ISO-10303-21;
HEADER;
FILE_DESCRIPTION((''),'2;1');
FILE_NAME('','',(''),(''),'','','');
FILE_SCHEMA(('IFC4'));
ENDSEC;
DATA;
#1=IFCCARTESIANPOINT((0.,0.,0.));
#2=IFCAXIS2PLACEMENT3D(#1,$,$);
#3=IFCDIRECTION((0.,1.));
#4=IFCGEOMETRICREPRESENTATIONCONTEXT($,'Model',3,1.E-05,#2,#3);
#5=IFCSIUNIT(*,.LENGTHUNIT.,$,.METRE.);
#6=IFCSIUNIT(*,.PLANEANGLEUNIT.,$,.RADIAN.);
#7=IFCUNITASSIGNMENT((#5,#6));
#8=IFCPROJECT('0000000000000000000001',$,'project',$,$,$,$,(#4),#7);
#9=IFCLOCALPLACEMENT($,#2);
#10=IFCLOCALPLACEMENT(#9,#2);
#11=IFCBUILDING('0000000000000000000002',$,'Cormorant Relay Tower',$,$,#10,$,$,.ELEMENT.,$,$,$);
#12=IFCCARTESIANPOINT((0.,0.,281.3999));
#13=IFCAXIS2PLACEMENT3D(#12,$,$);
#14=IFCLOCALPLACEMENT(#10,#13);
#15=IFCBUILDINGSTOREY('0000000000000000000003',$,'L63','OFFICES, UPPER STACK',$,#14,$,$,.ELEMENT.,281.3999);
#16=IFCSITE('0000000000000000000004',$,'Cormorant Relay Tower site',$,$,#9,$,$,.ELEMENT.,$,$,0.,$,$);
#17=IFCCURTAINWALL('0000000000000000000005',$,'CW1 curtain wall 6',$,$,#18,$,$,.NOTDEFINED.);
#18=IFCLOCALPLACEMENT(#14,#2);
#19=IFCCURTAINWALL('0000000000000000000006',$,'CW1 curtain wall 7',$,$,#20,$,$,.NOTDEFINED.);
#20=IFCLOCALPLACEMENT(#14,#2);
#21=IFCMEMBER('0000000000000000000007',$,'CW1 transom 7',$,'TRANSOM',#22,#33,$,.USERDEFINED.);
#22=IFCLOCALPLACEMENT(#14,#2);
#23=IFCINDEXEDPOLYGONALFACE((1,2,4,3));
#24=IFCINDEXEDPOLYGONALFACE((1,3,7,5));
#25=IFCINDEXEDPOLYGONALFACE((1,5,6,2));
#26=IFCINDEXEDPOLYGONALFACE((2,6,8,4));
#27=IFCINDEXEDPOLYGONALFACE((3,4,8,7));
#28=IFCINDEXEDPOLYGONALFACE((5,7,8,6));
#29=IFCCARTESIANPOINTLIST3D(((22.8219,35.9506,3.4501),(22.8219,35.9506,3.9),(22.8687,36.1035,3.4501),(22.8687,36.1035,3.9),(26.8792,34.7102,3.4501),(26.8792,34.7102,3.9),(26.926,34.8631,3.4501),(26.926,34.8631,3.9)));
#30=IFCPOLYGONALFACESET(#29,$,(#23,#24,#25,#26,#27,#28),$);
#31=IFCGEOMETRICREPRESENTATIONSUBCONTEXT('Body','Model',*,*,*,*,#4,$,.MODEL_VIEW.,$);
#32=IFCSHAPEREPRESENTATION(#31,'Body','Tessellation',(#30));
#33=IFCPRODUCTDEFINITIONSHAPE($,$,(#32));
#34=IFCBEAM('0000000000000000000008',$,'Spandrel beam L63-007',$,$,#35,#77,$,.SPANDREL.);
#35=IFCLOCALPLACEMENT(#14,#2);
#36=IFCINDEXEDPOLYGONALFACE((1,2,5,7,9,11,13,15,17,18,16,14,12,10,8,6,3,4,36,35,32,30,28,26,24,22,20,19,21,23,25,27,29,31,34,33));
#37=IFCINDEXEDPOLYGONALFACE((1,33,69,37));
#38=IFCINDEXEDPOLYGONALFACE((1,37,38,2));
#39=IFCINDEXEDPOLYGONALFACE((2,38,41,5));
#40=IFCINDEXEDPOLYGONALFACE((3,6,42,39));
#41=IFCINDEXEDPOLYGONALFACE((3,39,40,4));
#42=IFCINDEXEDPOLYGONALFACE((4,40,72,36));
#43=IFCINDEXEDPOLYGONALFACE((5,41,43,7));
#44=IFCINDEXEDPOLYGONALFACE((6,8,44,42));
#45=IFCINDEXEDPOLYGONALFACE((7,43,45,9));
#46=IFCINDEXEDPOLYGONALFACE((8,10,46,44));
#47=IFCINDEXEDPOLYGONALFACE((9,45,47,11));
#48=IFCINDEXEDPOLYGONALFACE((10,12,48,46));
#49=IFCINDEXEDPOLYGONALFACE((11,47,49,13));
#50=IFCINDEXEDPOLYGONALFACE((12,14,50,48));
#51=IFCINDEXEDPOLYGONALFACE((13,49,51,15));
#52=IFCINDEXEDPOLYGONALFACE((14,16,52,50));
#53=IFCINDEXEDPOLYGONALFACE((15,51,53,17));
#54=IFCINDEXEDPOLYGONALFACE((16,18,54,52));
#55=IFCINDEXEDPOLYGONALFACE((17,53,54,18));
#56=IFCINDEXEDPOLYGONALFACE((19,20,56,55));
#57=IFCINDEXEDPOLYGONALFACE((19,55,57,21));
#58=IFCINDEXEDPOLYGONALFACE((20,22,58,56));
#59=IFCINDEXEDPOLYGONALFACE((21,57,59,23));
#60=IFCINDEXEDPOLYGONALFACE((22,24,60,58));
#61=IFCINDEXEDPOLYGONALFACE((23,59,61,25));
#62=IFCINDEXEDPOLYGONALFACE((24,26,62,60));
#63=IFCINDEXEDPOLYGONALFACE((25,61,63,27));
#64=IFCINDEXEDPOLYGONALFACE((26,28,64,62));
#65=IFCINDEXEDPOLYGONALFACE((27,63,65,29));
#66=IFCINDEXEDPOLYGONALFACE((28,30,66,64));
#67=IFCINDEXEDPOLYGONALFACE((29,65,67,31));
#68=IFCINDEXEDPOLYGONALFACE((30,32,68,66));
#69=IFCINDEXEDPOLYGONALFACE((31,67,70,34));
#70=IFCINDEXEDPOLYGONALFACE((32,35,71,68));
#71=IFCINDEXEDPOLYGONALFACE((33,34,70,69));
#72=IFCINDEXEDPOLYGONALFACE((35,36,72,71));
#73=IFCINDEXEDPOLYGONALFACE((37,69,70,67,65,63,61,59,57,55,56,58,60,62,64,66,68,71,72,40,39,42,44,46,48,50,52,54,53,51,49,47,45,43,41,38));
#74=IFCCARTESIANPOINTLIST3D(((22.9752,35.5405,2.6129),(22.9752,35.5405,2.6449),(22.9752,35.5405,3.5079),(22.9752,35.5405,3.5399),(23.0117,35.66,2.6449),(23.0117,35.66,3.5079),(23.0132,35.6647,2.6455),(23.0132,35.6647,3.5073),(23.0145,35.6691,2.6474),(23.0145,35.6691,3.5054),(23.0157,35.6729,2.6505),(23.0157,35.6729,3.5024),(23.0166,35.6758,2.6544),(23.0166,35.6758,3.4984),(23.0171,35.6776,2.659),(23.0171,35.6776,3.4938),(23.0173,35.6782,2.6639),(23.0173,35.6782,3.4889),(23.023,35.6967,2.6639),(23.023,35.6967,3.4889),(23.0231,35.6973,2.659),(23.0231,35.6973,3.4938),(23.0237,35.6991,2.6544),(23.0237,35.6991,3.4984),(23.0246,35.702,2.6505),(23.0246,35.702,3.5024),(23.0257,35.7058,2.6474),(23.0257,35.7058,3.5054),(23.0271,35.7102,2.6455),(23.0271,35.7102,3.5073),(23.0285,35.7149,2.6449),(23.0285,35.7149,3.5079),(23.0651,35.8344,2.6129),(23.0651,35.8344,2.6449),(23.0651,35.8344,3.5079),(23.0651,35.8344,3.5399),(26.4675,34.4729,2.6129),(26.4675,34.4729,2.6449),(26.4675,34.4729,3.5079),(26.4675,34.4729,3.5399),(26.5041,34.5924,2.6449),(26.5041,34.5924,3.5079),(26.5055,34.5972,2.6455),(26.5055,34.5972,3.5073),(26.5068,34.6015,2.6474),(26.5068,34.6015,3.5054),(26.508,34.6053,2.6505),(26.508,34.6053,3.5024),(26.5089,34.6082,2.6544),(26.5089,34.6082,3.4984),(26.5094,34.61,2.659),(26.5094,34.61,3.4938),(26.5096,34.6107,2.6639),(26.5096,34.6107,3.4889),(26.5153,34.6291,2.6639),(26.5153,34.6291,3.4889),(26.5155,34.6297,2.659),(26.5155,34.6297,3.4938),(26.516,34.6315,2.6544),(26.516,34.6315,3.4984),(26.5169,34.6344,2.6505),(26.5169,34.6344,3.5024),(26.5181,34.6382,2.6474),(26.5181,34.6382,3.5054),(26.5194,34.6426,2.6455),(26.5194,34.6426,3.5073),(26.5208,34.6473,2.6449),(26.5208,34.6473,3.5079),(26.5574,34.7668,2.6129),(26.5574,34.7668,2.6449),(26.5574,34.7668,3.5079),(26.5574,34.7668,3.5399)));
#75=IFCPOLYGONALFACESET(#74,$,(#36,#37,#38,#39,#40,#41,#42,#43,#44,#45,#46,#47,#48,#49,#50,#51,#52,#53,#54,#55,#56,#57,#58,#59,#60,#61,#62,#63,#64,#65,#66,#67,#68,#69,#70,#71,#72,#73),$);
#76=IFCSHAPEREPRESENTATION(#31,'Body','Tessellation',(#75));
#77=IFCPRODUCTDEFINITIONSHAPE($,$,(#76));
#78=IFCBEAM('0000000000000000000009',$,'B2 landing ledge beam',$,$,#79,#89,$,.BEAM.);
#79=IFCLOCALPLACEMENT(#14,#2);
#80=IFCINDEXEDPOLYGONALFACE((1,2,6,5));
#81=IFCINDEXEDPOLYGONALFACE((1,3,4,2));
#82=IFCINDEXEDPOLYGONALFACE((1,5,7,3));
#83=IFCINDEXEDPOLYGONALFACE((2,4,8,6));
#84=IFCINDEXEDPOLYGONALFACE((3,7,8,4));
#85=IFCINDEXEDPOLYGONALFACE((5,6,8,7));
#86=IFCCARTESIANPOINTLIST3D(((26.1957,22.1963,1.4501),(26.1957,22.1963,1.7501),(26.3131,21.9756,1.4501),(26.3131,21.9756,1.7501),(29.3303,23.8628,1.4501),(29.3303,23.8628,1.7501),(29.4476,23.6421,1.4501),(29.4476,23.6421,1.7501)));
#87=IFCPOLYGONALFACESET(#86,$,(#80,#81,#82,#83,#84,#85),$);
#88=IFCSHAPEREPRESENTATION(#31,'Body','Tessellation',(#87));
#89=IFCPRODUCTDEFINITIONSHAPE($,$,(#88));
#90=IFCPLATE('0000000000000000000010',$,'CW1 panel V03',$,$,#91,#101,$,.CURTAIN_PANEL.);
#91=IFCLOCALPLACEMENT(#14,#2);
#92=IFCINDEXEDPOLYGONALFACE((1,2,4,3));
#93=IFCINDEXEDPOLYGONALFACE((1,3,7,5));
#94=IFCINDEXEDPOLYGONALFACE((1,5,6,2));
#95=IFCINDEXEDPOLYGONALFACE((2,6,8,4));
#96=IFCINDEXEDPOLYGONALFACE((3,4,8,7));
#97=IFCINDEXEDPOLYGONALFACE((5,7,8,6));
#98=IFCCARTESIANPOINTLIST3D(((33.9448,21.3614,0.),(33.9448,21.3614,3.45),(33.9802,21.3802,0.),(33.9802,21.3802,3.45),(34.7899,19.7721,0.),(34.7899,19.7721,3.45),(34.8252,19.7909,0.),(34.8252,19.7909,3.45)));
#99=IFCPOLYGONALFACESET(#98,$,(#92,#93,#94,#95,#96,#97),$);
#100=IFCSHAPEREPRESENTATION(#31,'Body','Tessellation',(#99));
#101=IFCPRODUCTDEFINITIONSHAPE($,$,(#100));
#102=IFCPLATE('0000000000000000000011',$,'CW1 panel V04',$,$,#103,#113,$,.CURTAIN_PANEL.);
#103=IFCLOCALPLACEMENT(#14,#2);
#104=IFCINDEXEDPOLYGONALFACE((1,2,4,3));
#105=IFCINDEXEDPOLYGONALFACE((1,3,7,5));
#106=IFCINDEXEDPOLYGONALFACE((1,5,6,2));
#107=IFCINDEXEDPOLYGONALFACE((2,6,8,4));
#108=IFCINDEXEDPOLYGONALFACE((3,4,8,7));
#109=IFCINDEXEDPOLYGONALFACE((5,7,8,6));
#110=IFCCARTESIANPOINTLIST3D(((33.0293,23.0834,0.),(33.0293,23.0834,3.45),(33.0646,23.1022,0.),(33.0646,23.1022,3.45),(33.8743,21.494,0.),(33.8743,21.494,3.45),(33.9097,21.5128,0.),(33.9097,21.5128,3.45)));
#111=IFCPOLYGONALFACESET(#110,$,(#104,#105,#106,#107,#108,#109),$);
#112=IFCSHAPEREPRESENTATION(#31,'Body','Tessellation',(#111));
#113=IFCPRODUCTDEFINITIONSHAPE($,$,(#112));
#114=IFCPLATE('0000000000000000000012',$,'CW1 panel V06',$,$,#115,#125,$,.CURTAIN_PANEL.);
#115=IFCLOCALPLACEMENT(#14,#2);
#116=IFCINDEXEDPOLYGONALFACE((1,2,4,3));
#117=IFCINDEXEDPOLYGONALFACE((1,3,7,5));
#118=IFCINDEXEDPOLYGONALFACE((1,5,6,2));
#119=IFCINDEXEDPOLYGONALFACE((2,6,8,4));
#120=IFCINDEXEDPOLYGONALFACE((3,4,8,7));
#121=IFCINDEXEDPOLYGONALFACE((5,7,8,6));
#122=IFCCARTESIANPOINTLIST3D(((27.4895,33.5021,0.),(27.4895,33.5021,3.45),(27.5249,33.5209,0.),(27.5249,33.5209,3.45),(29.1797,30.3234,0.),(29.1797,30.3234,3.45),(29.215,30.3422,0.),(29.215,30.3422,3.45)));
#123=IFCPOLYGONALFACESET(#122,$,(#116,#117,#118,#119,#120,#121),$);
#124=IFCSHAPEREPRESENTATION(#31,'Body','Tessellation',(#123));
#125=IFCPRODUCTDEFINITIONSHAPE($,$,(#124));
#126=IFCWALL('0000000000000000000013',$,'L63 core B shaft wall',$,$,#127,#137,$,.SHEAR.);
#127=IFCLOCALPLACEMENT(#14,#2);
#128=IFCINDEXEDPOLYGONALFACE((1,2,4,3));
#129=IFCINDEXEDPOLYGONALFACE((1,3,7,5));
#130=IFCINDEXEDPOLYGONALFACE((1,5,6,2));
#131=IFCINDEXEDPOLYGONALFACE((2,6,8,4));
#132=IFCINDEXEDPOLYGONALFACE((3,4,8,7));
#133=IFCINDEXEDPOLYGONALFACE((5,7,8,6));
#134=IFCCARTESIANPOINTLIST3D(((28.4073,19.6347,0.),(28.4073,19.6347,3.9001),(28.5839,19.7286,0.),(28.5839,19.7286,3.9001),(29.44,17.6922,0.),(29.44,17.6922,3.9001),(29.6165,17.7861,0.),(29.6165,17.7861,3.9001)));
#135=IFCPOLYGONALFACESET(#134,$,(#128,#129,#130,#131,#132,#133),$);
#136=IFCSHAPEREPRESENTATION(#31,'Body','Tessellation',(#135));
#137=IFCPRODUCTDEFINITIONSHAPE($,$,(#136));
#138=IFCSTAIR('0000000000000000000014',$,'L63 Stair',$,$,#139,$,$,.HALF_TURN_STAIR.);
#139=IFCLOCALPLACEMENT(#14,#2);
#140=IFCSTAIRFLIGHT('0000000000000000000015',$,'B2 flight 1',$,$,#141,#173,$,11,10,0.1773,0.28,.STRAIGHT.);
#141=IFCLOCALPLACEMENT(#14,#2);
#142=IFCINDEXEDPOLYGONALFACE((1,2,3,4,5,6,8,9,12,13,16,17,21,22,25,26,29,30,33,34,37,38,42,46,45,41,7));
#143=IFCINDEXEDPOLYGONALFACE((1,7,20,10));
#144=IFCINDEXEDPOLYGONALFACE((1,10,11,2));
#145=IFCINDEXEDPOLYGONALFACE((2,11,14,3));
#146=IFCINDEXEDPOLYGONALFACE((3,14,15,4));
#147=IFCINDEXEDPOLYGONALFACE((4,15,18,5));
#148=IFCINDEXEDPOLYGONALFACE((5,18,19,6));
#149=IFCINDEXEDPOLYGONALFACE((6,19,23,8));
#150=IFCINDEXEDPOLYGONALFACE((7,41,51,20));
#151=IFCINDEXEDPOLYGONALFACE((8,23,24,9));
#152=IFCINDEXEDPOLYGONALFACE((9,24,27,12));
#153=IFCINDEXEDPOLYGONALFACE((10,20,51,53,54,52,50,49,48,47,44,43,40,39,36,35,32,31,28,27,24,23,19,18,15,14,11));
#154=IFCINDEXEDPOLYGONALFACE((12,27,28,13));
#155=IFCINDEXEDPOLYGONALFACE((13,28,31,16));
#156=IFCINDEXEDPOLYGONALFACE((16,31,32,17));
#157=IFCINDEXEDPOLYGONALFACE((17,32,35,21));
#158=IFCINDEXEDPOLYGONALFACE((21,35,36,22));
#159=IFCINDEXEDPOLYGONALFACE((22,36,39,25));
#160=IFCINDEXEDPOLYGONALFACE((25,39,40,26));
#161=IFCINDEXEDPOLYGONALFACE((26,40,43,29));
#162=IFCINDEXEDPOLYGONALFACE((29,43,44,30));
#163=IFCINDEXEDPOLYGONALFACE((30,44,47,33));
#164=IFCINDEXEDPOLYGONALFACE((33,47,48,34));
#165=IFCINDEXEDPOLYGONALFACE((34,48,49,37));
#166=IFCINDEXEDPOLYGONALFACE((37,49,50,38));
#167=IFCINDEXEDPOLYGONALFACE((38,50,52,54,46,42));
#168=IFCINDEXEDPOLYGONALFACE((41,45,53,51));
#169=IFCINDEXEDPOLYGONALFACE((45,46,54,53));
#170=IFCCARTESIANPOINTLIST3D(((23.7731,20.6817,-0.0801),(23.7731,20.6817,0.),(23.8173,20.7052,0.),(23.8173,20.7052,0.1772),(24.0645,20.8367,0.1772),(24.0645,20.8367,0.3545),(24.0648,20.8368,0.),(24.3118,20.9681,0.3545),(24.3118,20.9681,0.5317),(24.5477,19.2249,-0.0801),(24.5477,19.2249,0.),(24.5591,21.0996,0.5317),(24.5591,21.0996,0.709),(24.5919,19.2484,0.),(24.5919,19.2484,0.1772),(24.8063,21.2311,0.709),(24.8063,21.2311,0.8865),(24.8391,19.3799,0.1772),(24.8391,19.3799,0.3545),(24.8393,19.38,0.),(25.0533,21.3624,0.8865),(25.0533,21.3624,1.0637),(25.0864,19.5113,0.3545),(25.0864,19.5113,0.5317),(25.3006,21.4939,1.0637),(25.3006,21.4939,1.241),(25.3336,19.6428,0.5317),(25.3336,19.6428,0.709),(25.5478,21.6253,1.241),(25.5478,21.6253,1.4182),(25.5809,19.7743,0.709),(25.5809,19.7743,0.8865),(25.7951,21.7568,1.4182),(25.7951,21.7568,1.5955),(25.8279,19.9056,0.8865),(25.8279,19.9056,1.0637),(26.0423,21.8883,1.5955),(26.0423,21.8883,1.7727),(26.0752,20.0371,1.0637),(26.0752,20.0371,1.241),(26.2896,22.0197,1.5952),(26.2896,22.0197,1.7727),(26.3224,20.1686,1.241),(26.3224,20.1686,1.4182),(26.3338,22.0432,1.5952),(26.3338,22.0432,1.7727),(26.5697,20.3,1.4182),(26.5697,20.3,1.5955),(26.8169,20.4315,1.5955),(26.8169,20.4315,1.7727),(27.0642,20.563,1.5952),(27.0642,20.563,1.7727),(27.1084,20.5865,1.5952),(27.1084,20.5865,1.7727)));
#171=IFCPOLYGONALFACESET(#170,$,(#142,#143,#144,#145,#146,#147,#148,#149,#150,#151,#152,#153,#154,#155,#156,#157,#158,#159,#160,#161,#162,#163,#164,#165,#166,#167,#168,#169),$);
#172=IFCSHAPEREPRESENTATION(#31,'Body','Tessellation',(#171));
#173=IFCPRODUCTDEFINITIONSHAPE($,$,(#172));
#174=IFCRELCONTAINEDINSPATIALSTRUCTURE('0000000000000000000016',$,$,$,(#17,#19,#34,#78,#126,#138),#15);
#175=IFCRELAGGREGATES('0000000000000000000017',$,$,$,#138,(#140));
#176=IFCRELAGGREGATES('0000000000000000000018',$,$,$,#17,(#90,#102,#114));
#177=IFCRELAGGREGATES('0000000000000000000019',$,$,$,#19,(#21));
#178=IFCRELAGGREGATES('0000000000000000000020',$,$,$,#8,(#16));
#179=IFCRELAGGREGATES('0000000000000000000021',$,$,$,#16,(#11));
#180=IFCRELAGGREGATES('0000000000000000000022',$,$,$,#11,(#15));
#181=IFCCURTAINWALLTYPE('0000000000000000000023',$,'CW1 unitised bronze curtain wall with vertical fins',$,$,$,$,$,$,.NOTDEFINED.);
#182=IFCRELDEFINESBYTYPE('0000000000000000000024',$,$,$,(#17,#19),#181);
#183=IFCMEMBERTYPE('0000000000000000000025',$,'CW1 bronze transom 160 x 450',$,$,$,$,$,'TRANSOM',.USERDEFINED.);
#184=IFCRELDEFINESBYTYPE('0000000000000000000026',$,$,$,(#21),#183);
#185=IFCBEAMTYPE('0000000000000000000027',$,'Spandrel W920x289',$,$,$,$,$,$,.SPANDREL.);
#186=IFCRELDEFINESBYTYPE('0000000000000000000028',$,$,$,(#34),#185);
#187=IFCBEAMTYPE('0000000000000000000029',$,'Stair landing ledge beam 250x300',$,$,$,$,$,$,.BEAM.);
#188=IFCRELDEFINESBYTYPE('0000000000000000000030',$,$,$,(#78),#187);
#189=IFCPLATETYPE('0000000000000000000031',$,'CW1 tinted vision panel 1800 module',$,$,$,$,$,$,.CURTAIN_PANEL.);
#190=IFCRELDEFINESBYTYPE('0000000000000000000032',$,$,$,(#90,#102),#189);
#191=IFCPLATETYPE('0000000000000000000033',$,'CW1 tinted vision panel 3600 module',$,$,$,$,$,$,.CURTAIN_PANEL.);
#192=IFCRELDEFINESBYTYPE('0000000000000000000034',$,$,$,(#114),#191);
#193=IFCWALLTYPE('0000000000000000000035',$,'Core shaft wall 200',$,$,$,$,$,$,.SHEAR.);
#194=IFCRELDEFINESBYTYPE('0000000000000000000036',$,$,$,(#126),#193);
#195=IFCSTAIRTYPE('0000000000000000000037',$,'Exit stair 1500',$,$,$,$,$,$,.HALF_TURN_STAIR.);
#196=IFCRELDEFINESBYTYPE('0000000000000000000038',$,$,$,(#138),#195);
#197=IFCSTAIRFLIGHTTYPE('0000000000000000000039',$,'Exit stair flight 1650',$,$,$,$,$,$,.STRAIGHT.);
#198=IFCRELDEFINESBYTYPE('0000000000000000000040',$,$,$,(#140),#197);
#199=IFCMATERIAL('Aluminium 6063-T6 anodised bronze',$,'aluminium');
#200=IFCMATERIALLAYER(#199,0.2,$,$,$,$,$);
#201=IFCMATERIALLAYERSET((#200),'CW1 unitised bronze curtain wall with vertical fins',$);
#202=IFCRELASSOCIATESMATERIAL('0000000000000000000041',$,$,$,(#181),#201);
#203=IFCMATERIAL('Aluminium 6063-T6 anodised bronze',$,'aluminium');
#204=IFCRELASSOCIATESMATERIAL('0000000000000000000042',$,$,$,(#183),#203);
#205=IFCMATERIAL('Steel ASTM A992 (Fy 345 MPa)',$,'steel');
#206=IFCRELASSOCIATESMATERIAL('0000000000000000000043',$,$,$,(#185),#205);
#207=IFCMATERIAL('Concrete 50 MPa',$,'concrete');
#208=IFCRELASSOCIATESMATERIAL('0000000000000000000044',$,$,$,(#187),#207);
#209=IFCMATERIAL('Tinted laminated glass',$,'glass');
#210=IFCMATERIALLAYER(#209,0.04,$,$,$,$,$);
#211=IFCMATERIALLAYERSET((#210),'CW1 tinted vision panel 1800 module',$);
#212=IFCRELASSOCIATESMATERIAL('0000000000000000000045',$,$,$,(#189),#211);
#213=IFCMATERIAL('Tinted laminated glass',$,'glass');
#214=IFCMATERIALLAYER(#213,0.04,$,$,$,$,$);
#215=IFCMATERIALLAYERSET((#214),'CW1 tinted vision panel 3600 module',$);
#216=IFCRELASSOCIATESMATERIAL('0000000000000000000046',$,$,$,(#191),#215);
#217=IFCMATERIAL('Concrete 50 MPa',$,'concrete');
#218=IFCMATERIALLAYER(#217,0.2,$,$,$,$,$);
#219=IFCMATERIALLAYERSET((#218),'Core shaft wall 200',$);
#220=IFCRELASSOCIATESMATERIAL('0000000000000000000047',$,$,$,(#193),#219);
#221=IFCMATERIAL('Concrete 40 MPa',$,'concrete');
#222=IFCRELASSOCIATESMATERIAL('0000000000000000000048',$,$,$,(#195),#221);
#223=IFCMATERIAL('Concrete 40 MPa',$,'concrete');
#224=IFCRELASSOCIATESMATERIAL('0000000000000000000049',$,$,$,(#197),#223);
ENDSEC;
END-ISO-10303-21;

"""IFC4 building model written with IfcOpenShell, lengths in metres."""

from ifc_helpers import new_model, si_unit, direction, frame, frame_2d, origin, origin_2d, place, context, subcontext, project, spatial, polyline, rectangle, i_section, outline, extrude, material, layer, layer_set, material_profile, profile_set, type_object, element, aggregate, save


model = new_model("IFC4")

# Units and contexts
model_context = context("Model", 3, precision=1e-05, world=origin(), true_north=direction((0.0, 1.0)))
body_context = subcontext(model_context, "Body", "Model", "MODEL_VIEW")
ifc_project = project(units=[si_unit("LENGTHUNIT", "METRE"), si_unit("PLANEANGLEUNIT", "RADIAN")], contexts=[model_context])

# Site, building, storey
site_placement = place(None, origin())
site = spatial("IfcSite", under=ifc_project, at=site_placement, Name="Cormorant Relay Tower site", CompositionType="ELEMENT", RefElevation=0.0)
building_placement = place(site_placement, origin())
building = spatial("IfcBuilding", under=site, at=building_placement, Name="Cormorant Relay Tower", CompositionType="ELEMENT")
storey_placement = place(building_placement, frame((0.0, 0.0, 281.3999)))
storey = spatial("IfcBuildingStorey", under=building, at=storey_placement, Name="L63", Description="OFFICES, UPPER STACK", CompositionType="ELEMENT", Elevation=281.3999)

# Curtain walls, member
ifc_material_1 = material(Name="Aluminium 6063-T6 anodised bronze", Category="aluminium")
ifc_layer_1 = layer(ifc_material_1, 0.2)
ifc_layer_set_1 = layer_set([ifc_layer_1], Name="CW1 unitised bronze curtain wall with vertical fins")
curtain_wall_type = type_object("IfcCurtainWallType", Name="CW1 unitised bronze curtain wall with vertical fins", PredefinedType="NOTDEFINED", material=ifc_layer_set_1)
curtain_wall_1_placement = place(storey_placement, origin())
curtain_wall_1 = element("IfcCurtainWall", 1, at=curtain_wall_1_placement, inside=storey, type_object=curtain_wall_type, Name="CW1 curtain wall 6", PredefinedType="NOTDEFINED")
curtain_wall_2_placement = place(storey_placement, origin())
curtain_wall_2 = element("IfcCurtainWall", 2, at=curtain_wall_2_placement, inside=storey, type_object=curtain_wall_type, Name="CW1 curtain wall 7", PredefinedType="NOTDEFINED")
ifc_material_2 = material(Name="Aluminium 6063-T6 anodised bronze", Category="aluminium")
ifc_material_profile_1 = material_profile(ifc_material_2, rectangle(XDim=0.1599, YDim=0.45, at=origin_2d()), Name="AL 160x450")
ifc_profile_set_1 = profile_set([ifc_material_profile_1], Name="Aluminium 6063-T6 anodised bronze")
member_type_1 = type_object("IfcMemberType", Name="CW1 bronze transom 160 x 450", ElementType="TRANSOM", PredefinedType="USERDEFINED", material=ifc_profile_set_1)
member_1_placement = place(storey_placement, frame((26.9026, 34.7866, 3.675), z_axis=(-0.956304, 0.292375, 0.0), x_axis=(-0.292375, -0.956304, 0.0)))
member_1 = element("IfcMember", 3, at=member_1_placement, type_object=member_type_1, Name="CW1 transom 7", ObjectType="TRANSOM", PredefinedType="USERDEFINED", context=body_context, shape_type="SweptSolid", body=[
    extrude(rectangle(XDim=0.1599, YDim=0.45, at=origin_2d()), origin(), (0.0, 0.0, 1.0), 4.2427),
])

# Beams
ifc_material_3 = material(Name="Steel ASTM A992 (Fy 345 MPa)", Category="steel")
ifc_material_profile_2 = material_profile(ifc_material_3, i_section(OverallWidth=0.3074, OverallDepth=0.927, WebThickness=0.0193, FlangeThickness=0.032, FilletRadius=0.019, at=origin_2d()), Name="W920x289")
ifc_profile_set_2 = profile_set([ifc_material_profile_2], Name="Steel ASTM A992 (Fy 345 MPa)")
beam_type_1 = type_object("IfcBeamType", Name="Spandrel W920x289", PredefinedType="SPANDREL", material=ifc_profile_set_2)
beam_1_placement = place(storey_placement, frame((26.5125, 34.6199, 3.0764), z_axis=(-0.956314, 0.292343, 0.0), x_axis=(-0.292343, -0.956314, 0.0)))
element("IfcBeam", 4, at=beam_1_placement, inside=storey, type_object=beam_type_1, Name="Spandrel beam L63-007", PredefinedType="SPANDREL", context=body_context, shape_type="SweptSolid", body=[
    extrude(i_section(OverallWidth=0.3074, OverallDepth=0.927, WebThickness=0.0193, FlangeThickness=0.032, FilletRadius=0.019, at=origin_2d()), origin(), (0.0, 0.0, 1.0), 3.6519),
])
ifc_material_4 = material(Name="Concrete 50 MPa", Category="concrete")
ifc_material_profile_3 = material_profile(ifc_material_4, rectangle(XDim=0.25, YDim=0.3, at=origin_2d()), Name="RC 250x300")
ifc_profile_set_3 = profile_set([ifc_material_profile_3], Name="Concrete 50 MPa")
beam_type_2 = type_object("IfcBeamType", Name="Stair landing ledge beam 250x300", PredefinedType="BEAM", material=ifc_profile_set_3)
beam_2_placement = place(storey_placement, frame((26.2544, 22.0859, 1.6001), z_axis=(0.882965, 0.469438, 0.0), x_axis=(-0.469438, 0.882965, 0.0)))
element("IfcBeam", 5, at=beam_2_placement, inside=storey, type_object=beam_type_2, Name="B2 landing ledge beam", PredefinedType="BEAM", context=body_context, shape_type="SweptSolid", body=[
    extrude(rectangle(XDim=0.25, YDim=0.3, at=origin_2d()), origin(), (0.0, 0.0, 1.0), 3.55),
])

# Plates
ifc_material_5 = material(Name="Tinted laminated glass", Category="glass")
ifc_layer_2 = layer(ifc_material_5, 0.04)
ifc_layer_set_2 = layer_set([ifc_layer_2], Name="CW1 tinted vision panel 1800 module")
plate_type_1 = type_object("IfcPlateType", Name="CW1 tinted vision panel 1800 module", PredefinedType="CURTAIN_PANEL", material=ifc_layer_set_2)
plate_1_placement = place(storey_placement, frame((34.385, 20.5762, 0.0), z_axis=(0.0, 0.0, 1.0), x_axis=(-0.469472, 0.882948, 0.0)))
plate_1 = element("IfcPlate", 6, at=plate_1_placement, type_object=plate_type_1, Name="CW1 panel V03", PredefinedType="CURTAIN_PANEL", context=body_context, shape_type="SweptSolid", body=[
    extrude(rectangle(XDim=1.8, YDim=0.04, at=origin_2d()), origin(), (0.0, 0.0, 1.0), 3.45),
])
plate_2_placement = place(storey_placement, frame((33.4695, 22.2981, 0.0), z_axis=(0.0, 0.0, 1.0), x_axis=(-0.469472, 0.882948, 0.0)))
plate_2 = element("IfcPlate", 7, at=plate_2_placement, type_object=plate_type_1, Name="CW1 panel V04", PredefinedType="CURTAIN_PANEL", context=body_context, shape_type="SweptSolid", body=[
    extrude(rectangle(XDim=1.8, YDim=0.04, at=origin_2d()), origin(), (0.0, 0.0, 1.0), 3.45),
])
ifc_material_6 = material(Name="Tinted laminated glass", Category="glass")
ifc_layer_3 = layer(ifc_material_6, 0.04)
ifc_layer_set_3 = layer_set([ifc_layer_3], Name="CW1 tinted vision panel 3600 module")
plate_type_2 = type_object("IfcPlateType", Name="CW1 tinted vision panel 3600 module", PredefinedType="CURTAIN_PANEL", material=ifc_layer_set_3)
plate_3_placement = place(storey_placement, frame((28.3523, 31.9221, 0.0), z_axis=(0.0, 0.0, 1.0), x_axis=(-0.469472, 0.882948, 0.0)))
plate_3 = element("IfcPlate", 8, at=plate_3_placement, type_object=plate_type_2, Name="CW1 panel V06", PredefinedType="CURTAIN_PANEL", context=body_context, shape_type="SweptSolid", body=[
    extrude(rectangle(XDim=3.6001, YDim=0.04, at=origin_2d()), origin(), (0.0, 0.0, 1.0), 3.45),
])

# Wall
ifc_material_7 = material(Name="Concrete 50 MPa", Category="concrete")
ifc_layer_4 = layer(ifc_material_7, 0.2)
ifc_layer_set_4 = layer_set([ifc_layer_4], Name="Core shaft wall 200")
wall_type = type_object("IfcWallType", Name="Core shaft wall 200", PredefinedType="SHEAR", material=ifc_layer_set_4)
wall_placement = place(storey_placement, frame((29.5283, 17.739, 0.0), z_axis=(0.0, 0.0, 1.0), x_axis=(-0.469401, 0.882985, 0.0)))
element("IfcWall", 9, at=wall_placement, inside=storey, type_object=wall_type, Name="L63 core B shaft wall", PredefinedType="SHEAR", context=body_context, shape_type="SweptSolid", body=[
    extrude(rectangle(XDim=2.2, YDim=0.2, at=frame_2d((1.1001, 0.0))), origin(), (0.0, 0.0, 1.0), 3.9001),
])

# Stair, stair flight
ifc_material_8 = material(Name="Concrete 40 MPa", Category="concrete")
stair_type = type_object("IfcStairType", Name="Exit stair 1500", PredefinedType="HALF_TURN_STAIR", material=ifc_material_8)
stair_placement = place(storey_placement, origin())
stair = element("IfcStair", 10, at=stair_placement, inside=storey, type_object=stair_type, Name="L63 Stair", PredefinedType="HALF_TURN_STAIR")
ifc_material_9 = material(Name="Concrete 40 MPa", Category="concrete")
stair_flight_type = type_object("IfcStairFlightType", Name="Exit stair flight 1650", PredefinedType="STRAIGHT", material=ifc_material_9)
stair_flight_1_placement = place(storey_placement, frame((24.2046, 19.9768, 0.0), z_axis=(0.0, 0.0, 1.0), x_axis=(0.882948, 0.469472, 0.0)))
stair_flight_1 = element("IfcStairFlight", 11, at=stair_flight_1_placement, type_object=stair_flight_type, Name="B2 flight 1", NumberOfRisers=11, NumberOfTreads=10, PredefinedType="STRAIGHT", RiserHeight=0.1773, TreadLength=0.28, context=body_context, shape_type="SweptSolid", body=[
    extrude(outline(polyline([(-0.05, -0.0801), (-0.05, 0.0), (0.0, 0.0), (0.0, 0.1772), (0.28, 0.1772), (0.28, 0.3545), (0.5601, 0.3545), (0.5601, 0.5317), (0.8401, 0.5317), (0.8401, 0.709), (1.1201, 0.709), (1.1201, 0.8865), (1.3999, 0.8865), (1.3999, 1.0637), (1.6799, 1.0637), (1.6799, 1.241), (1.96, 1.241), (1.96, 1.4182), (2.24, 1.4182), (2.24, 1.5955), (2.52, 1.5955), (2.52, 1.7727), (2.8, 1.7727), (2.8501, 1.7727), (2.8501, 1.5952), (2.8, 1.5952), (0.2803, 0.0), (-0.05, -0.0801)])), frame((0.0, 0.825, 0.0), z_axis=(0.0, -1.0, 0.0), x_axis=(1.0, 0.0, 0.0)), (0.0, 0.0, 1.0), 1.6499),
])
aggregate(stair, [stair_flight_1])

aggregate(curtain_wall_1, [plate_1, plate_2, plate_3])
aggregate(curtain_wall_2, [member_1])

save(model, "model.ifc")
